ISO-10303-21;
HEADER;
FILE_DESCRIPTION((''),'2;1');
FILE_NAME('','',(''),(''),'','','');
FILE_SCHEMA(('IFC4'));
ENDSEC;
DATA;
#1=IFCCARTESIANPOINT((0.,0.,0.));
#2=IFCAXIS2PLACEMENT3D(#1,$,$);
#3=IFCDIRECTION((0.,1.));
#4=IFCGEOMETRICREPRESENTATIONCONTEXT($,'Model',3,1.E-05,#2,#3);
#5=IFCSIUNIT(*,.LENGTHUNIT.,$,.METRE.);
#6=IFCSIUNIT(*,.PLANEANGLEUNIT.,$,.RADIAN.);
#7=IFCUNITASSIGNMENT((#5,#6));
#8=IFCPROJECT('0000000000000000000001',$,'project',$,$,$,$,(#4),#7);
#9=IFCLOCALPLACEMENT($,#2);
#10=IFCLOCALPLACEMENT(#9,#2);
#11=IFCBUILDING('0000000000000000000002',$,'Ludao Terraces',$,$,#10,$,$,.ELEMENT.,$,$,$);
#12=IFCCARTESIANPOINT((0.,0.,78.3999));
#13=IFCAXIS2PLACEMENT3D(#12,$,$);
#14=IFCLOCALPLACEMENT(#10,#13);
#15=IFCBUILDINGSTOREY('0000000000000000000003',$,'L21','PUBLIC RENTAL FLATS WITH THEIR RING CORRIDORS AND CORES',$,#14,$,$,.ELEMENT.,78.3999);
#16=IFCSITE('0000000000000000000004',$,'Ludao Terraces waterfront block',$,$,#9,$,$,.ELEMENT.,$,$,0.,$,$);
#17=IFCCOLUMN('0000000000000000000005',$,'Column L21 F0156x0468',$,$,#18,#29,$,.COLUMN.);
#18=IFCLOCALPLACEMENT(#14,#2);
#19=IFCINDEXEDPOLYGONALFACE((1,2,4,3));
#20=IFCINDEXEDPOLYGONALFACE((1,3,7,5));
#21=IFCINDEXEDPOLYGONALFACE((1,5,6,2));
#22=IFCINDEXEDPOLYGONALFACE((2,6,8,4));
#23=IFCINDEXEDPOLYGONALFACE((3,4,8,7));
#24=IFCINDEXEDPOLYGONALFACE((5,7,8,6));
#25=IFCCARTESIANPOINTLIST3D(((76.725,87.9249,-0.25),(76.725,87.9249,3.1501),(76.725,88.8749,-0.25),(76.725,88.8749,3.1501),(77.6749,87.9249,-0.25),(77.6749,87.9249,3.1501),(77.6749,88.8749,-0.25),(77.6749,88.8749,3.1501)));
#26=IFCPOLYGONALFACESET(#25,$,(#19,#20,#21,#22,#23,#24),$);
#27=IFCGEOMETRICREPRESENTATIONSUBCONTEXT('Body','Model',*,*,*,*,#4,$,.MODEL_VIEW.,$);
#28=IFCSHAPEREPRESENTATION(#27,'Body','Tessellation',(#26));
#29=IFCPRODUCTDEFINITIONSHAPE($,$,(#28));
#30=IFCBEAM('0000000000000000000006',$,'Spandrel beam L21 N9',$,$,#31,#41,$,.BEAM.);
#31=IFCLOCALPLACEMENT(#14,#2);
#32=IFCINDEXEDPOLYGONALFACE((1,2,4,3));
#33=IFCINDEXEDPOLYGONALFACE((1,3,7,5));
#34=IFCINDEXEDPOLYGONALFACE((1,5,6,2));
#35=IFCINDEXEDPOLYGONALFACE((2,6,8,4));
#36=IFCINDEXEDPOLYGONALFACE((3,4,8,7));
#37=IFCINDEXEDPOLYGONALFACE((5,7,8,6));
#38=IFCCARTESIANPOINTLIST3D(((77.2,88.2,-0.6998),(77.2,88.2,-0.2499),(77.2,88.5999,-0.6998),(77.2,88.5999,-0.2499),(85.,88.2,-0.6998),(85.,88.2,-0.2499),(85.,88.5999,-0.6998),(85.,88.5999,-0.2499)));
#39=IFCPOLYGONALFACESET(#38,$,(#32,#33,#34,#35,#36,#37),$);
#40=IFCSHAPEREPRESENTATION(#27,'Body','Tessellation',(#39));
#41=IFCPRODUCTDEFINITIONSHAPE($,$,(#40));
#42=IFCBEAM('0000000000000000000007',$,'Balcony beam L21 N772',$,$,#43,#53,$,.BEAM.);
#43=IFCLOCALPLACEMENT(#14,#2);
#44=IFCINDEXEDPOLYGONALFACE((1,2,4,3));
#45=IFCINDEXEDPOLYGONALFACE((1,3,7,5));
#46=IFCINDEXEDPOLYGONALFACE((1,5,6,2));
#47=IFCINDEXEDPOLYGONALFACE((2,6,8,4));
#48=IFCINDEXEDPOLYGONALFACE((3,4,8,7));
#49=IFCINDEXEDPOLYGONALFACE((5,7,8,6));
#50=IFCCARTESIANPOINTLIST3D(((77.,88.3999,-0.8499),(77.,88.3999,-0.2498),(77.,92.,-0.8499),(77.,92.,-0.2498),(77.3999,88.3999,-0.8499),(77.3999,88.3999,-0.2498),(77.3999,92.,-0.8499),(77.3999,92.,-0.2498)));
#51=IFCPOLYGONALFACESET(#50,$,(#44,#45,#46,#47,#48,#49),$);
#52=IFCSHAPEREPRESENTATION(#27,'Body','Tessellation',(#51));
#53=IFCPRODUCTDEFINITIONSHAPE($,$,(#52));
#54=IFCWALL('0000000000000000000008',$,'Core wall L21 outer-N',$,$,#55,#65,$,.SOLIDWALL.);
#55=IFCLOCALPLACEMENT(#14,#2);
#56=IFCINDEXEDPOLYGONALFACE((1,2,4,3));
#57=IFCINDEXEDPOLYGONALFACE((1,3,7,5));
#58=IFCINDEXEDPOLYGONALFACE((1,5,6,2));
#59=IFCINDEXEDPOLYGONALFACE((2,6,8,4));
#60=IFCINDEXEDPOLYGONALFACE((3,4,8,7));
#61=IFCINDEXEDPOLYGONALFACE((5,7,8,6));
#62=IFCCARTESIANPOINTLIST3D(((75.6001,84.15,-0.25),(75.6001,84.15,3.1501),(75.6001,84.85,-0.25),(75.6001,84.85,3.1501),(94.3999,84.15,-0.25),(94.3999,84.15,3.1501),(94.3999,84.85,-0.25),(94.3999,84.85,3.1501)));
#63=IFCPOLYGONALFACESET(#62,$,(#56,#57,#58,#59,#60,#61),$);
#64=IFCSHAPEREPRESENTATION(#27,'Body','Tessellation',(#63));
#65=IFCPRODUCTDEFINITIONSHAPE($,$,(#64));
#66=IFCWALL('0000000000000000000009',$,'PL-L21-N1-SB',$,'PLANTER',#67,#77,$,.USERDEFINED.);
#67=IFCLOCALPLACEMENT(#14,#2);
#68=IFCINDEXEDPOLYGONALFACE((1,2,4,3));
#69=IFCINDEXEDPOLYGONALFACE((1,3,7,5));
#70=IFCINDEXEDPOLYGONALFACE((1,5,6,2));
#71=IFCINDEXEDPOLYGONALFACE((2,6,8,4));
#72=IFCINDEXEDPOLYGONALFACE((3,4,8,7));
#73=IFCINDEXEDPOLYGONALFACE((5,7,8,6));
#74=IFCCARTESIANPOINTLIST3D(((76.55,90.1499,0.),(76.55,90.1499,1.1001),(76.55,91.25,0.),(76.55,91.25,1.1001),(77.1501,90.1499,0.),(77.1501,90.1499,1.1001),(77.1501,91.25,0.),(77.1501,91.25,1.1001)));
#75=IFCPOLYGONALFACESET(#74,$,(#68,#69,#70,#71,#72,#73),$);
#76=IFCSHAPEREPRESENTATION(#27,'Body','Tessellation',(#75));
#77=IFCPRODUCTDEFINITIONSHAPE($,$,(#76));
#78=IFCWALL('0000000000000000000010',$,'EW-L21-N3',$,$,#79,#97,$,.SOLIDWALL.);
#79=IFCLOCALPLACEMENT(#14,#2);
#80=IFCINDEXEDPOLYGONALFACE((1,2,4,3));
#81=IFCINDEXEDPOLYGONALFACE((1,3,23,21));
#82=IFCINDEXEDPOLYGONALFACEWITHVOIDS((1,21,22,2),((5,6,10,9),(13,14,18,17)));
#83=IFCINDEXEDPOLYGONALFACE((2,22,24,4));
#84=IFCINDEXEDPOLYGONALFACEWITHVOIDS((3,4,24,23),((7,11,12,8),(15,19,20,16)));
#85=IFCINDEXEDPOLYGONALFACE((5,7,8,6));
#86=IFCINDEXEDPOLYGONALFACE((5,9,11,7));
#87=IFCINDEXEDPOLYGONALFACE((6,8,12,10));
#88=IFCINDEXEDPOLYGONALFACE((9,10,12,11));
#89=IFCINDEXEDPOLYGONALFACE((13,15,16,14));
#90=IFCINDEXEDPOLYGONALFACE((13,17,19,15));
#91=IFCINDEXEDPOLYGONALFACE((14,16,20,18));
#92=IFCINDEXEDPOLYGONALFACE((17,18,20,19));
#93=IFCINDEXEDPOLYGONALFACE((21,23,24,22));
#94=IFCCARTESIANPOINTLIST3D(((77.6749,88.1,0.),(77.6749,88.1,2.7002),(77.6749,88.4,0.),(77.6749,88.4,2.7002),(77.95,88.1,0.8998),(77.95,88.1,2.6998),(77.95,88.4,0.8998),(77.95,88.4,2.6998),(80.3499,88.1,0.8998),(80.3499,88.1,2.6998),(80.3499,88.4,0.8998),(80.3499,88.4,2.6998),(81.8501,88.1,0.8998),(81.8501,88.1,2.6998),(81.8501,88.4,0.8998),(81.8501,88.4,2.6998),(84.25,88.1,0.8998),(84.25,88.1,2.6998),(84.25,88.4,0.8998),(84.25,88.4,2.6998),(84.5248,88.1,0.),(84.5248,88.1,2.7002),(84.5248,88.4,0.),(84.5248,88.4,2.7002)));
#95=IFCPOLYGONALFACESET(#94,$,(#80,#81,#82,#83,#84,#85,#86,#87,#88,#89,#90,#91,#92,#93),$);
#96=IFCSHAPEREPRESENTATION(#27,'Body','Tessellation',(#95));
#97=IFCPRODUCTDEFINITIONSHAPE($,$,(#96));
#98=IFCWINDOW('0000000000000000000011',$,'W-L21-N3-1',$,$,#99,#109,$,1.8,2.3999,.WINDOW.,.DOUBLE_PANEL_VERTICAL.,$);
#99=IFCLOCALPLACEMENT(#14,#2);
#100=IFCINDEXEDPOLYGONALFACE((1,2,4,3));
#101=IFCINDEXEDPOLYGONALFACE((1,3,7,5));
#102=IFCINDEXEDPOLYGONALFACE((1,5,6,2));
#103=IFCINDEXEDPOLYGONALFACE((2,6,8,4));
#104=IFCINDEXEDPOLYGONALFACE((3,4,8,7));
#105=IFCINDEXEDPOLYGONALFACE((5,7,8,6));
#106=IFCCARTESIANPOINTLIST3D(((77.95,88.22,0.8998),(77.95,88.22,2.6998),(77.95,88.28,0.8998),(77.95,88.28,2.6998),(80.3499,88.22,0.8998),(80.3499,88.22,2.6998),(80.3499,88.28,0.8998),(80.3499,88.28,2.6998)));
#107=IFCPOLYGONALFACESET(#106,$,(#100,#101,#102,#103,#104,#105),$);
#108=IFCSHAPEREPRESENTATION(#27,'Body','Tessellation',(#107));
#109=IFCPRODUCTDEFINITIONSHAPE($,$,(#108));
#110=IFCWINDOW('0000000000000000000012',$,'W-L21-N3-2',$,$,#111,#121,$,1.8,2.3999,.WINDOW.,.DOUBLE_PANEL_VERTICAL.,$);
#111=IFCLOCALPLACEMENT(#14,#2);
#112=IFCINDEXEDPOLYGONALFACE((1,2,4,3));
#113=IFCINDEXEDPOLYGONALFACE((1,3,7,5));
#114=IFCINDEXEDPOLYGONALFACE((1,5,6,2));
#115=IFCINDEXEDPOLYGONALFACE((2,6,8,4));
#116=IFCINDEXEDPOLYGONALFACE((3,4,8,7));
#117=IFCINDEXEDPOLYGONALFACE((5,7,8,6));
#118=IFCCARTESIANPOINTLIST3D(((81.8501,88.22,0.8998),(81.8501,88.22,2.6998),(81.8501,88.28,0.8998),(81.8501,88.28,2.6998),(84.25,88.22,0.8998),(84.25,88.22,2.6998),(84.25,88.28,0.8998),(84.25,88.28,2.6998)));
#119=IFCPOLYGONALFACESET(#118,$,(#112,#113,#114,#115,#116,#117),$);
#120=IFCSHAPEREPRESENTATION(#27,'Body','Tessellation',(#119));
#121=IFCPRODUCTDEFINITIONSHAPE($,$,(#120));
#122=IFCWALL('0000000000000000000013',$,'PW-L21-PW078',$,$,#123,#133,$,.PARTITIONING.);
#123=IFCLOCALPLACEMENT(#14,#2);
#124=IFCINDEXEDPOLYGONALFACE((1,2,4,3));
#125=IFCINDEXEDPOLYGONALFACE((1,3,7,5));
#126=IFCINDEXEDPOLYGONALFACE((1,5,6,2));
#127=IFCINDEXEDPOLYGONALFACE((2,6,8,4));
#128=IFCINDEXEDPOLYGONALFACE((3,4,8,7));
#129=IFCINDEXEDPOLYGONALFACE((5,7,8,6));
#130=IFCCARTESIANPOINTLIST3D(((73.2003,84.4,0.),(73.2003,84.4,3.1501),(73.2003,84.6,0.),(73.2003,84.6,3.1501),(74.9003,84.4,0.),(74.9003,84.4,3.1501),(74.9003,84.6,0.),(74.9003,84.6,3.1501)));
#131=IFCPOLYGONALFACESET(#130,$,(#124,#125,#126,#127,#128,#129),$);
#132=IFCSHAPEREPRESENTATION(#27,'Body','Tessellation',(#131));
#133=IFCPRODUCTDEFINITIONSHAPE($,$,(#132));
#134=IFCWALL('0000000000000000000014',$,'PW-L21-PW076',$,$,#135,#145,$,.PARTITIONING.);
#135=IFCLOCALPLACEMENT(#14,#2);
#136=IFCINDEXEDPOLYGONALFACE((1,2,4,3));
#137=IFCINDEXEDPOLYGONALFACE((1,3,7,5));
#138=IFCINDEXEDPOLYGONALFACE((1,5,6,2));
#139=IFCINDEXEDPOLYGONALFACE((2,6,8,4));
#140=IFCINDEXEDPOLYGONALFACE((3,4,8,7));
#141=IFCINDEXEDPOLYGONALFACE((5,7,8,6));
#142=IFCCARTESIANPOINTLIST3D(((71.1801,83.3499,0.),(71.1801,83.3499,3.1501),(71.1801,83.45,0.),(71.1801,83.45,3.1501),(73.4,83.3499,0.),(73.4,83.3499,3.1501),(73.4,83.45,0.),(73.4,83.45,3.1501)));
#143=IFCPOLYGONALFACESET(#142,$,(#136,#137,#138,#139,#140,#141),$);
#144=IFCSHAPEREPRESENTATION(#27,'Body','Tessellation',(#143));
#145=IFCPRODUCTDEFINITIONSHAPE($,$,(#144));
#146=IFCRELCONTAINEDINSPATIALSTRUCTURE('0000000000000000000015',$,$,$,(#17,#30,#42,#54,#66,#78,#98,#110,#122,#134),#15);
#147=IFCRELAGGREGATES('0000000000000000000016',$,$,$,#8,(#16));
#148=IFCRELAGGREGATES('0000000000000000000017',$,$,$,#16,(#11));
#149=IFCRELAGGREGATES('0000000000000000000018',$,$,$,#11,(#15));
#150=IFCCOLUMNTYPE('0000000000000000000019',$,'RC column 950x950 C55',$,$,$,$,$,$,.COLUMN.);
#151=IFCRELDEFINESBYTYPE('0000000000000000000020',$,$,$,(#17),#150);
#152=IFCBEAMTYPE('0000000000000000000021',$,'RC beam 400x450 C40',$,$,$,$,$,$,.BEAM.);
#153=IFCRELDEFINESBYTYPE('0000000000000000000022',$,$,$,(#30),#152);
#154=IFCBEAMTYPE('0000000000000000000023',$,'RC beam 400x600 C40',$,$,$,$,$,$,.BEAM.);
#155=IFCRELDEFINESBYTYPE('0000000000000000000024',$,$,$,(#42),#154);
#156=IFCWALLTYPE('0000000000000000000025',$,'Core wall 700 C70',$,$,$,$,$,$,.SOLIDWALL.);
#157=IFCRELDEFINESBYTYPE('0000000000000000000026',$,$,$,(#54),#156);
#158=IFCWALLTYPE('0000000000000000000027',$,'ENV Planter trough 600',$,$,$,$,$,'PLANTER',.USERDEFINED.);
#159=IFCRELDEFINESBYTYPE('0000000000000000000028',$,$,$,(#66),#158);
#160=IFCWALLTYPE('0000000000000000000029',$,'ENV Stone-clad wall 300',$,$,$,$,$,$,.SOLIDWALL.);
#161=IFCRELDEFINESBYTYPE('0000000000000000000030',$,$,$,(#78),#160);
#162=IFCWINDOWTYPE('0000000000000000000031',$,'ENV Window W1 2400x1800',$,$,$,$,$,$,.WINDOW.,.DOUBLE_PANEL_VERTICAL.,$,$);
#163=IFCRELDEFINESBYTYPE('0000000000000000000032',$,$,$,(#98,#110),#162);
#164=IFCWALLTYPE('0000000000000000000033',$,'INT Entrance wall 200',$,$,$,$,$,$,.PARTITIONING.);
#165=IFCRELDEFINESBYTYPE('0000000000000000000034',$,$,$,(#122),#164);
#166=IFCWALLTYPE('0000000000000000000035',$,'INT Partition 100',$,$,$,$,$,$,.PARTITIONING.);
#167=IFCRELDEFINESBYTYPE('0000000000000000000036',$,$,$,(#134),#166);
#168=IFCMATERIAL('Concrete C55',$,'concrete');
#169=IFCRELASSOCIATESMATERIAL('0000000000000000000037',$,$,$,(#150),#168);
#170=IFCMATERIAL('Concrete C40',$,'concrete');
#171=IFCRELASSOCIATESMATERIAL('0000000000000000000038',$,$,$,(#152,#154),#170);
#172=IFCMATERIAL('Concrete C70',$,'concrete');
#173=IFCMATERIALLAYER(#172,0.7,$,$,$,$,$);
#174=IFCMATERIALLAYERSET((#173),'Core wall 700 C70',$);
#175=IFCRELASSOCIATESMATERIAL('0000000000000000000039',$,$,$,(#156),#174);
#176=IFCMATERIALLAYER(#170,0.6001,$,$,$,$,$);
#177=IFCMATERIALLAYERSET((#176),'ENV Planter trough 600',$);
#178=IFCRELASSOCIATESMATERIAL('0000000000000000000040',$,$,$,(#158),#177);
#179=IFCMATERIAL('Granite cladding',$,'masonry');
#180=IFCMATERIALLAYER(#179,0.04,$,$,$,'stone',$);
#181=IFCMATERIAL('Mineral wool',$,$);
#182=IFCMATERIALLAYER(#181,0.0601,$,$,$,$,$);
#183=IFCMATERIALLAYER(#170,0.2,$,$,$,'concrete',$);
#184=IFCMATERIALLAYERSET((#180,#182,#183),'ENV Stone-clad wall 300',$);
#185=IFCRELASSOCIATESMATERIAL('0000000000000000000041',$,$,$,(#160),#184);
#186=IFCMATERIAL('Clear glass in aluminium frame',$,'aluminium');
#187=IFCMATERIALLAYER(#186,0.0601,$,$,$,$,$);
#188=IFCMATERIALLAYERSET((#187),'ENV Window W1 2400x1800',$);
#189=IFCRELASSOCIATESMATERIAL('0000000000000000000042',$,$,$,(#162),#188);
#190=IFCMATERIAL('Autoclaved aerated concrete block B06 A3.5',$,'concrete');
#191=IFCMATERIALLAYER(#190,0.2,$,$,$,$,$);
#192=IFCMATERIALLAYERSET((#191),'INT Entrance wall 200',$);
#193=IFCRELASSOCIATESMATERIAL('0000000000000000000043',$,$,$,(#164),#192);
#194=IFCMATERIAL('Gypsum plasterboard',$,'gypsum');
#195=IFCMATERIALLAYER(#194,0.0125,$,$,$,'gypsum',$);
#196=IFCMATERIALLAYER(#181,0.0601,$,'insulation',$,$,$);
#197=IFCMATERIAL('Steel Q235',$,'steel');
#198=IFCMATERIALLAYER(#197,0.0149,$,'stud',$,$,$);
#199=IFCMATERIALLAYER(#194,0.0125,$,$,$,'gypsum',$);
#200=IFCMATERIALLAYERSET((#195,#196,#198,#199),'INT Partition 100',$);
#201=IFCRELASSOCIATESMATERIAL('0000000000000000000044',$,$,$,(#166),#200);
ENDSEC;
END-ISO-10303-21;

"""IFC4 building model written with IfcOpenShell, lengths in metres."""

from ifc_helpers import new_model, si_unit, direction, frame, frame_2d, origin, origin_2d, place, context, subcontext, project, spatial, rectangle, extrude, material, layer, layer_set, material_profile, profile_set, type_object, element, fill, save


model = new_model("IFC4")

# Units and contexts
model_context = context("Model", 3, precision=1e-05, world=origin(), true_north=direction((0.0, 1.0)))
body_context = subcontext(model_context, "Body", "Model", "MODEL_VIEW")
ifc_project = project(units=[si_unit("LENGTHUNIT", "METRE"), si_unit("PLANEANGLEUNIT", "RADIAN")], contexts=[model_context])

# Site, building, storey
site_placement = place(None, origin())
site = spatial("IfcSite", under=ifc_project, at=site_placement, Name="Ludao Terraces waterfront block", CompositionType="ELEMENT", RefElevation=0.0)
building_placement = place(site_placement, origin())
building = spatial("IfcBuilding", under=site, at=building_placement, Name="Ludao Terraces", CompositionType="ELEMENT")
storey_placement = place(building_placement, frame((0.0, 0.0, 78.3999)))
storey = spatial("IfcBuildingStorey", under=building, at=storey_placement, Name="L21", Description="PUBLIC RENTAL FLATS WITH THEIR RING CORRIDORS AND CORES", CompositionType="ELEMENT", Elevation=78.3999)

# Column
ifc_material_1 = material(Name="Concrete C55", Category="concrete")
ifc_material_profile_1 = material_profile(ifc_material_1, rectangle(XDim=0.95, YDim=0.95, at=origin_2d()), Name="950 X 950")
ifc_profile_set_1 = profile_set([ifc_material_profile_1], Name="Concrete C55")
column_type = type_object("IfcColumnType", Name="RC column 950x950 C55", PredefinedType="COLUMN", material=ifc_profile_set_1)
column_placement = place(storey_placement, frame((77.2, 88.3999, -0.25), z_axis=(0.0, 0.0, 1.0), x_axis=(1.0, 0.0, 0.0)))
element("IfcColumn", 1, at=column_placement, inside=storey, type_object=column_type, Name="Column L21 F0156x0468", PredefinedType="COLUMN", context=body_context, shape_type="SweptSolid", body=[
    extrude(rectangle(XDim=0.95, YDim=0.95, at=origin_2d()), origin(), (0.0, 0.0, 1.0), 3.4001),
])

# Beams
ifc_material_2 = material(Name="Concrete C40", Category="concrete")
ifc_material_profile_2 = material_profile(ifc_material_2, rectangle(XDim=0.3999, YDim=0.45, at=origin_2d()), Name="400 X 450")
ifc_profile_set_2 = profile_set([ifc_material_profile_2], Name="Concrete C40")
beam_type_1 = type_object("IfcBeamType", Name="RC beam 400x450 C40", PredefinedType="BEAM", material=ifc_profile_set_2)
beam_1_placement = place(storey_placement, frame((77.2, 88.3999, -0.4749), z_axis=(1.0, 0.0, 0.0), x_axis=(0.0, 1.0, 0.0)))
element("IfcBeam", 2, at=beam_1_placement, inside=storey, type_object=beam_type_1, Name="Spandrel beam L21 N9", PredefinedType="BEAM", context=body_context, shape_type="SweptSolid", body=[
    extrude(rectangle(XDim=0.3999, YDim=0.45, at=origin_2d()), origin(), (0.0, 0.0, 1.0), 7.8),
])
ifc_material_profile_3 = material_profile(ifc_material_2, rectangle(XDim=0.3999, YDim=0.6001, at=origin_2d()), Name="400 X 600")
ifc_profile_set_3 = profile_set([ifc_material_profile_3], Name="Concrete C40")
beam_type_2 = type_object("IfcBeamType", Name="RC beam 400x600 C40", PredefinedType="BEAM", material=ifc_profile_set_3)
beam_2_placement = place(storey_placement, frame((77.2, 88.3999, -0.5498), z_axis=(0.0, 1.0, 0.0), x_axis=(-1.0, 0.0, 0.0)))
element("IfcBeam", 3, at=beam_2_placement, inside=storey, type_object=beam_type_2, Name="Balcony beam L21 N772", PredefinedType="BEAM", context=body_context, shape_type="SweptSolid", body=[
    extrude(rectangle(XDim=0.3999, YDim=0.6001, at=origin_2d()), origin(), (0.0, 0.0, 1.0), 3.6001),
])

# Walls
ifc_material_3 = material(Name="Concrete C70", Category="concrete")
ifc_layer_1 = layer(ifc_material_3, 0.7)
ifc_layer_set_1 = layer_set([ifc_layer_1], Name="Core wall 700 C70")
wall_type_1 = type_object("IfcWallType", Name="Core wall 700 C70", PredefinedType="SOLIDWALL", material=ifc_layer_set_1)
wall_1_placement = place(storey_placement, frame((75.6001, 84.5, -0.25), z_axis=(0.0, 0.0, 1.0), x_axis=(1.0, 0.0, 0.0)))
element("IfcWall", 4, at=wall_1_placement, inside=storey, type_object=wall_type_1, Name="Core wall L21 outer-N", PredefinedType="SOLIDWALL", context=body_context, shape_type="SweptSolid", body=[
    extrude(rectangle(XDim=18.7998, YDim=0.7, at=frame_2d((9.3999, 0.0))), origin(), (0.0, 0.0, 1.0), 3.4001),
])
ifc_layer_2 = layer(ifc_material_2, 0.6001)
ifc_layer_set_2 = layer_set([ifc_layer_2], Name="ENV Planter trough 600")
wall_type_2 = type_object("IfcWallType", Name="ENV Planter trough 600", ElementType="PLANTER", PredefinedType="USERDEFINED", material=ifc_layer_set_2)
wall_2_placement = place(storey_placement, frame((76.8501, 91.25, 0.0), z_axis=(0.0, 0.0, 1.0), x_axis=(0.0, -1.0, 0.0)))
element("IfcWall", 5, at=wall_2_placement, inside=storey, type_object=wall_type_2, Name="PL-L21-N1-SB", ObjectType="PLANTER", PredefinedType="USERDEFINED", context=body_context, shape_type="SweptSolid", body=[
    extrude(rectangle(XDim=1.1001, YDim=0.6001, at=frame_2d((0.55, 0.0))), origin(), (0.0, 0.0, 1.0), 1.1001),
])

# Shared definitions
ifc_material_4 = material(Name="Granite cladding", Category="masonry")
ifc_layer_3 = layer(ifc_material_4, 0.04, Category="stone")
ifc_material_5 = material(Name="Mineral wool")
ifc_layer_4 = layer(ifc_material_5, 0.0601)
ifc_layer_5 = layer(ifc_material_2, 0.2, Category="concrete")
ifc_layer_set_3 = layer_set([ifc_layer_3, ifc_layer_4, ifc_layer_5], Name="ENV Stone-clad wall 300")
wall_type_3 = type_object("IfcWallType", Name="ENV Stone-clad wall 300", PredefinedType="SOLIDWALL", material=ifc_layer_set_3)
ifc_material_6 = material(Name="Clear glass in aluminium frame", Category="aluminium")
ifc_layer_6 = layer(ifc_material_6, 0.0601)
ifc_layer_set_4 = layer_set([ifc_layer_6], Name="ENV Window W1 2400x1800")
window_type = type_object("IfcWindowType", Name="ENV Window W1 2400x1800", PartitioningType="DOUBLE_PANEL_VERTICAL", PredefinedType="WINDOW", material=ifc_layer_set_4)

# Wall, openings, windows
wall_3_placement = place(storey_placement, frame((77.675, 88.25, 0.0), z_axis=(0.0, 0.0, 1.0), x_axis=(1.0, 0.0, 0.0)))
wall_3 = element("IfcWall", 6, at=wall_3_placement, inside=storey, type_object=wall_type_3, Name="EW-L21-N3", PredefinedType="SOLIDWALL", context=body_context, shape_type="SweptSolid", body=[
    extrude(rectangle(XDim=6.8499, YDim=0.3, at=frame_2d((3.4248, 0.0))), origin(), (0.0, 0.0, 1.0), 2.7002),
])
opening_1_placement = place(wall_3_placement, frame((0.2749, 0.0, 0.8999)))
opening_1 = element("IfcOpeningElement", 7, at=opening_1_placement, cuts=wall_3, PredefinedType="OPENING", context=body_context, shape_type="SweptSolid", body=[
    extrude(rectangle(XDim=2.3999, YDim=1.8, at=frame_2d((1.2, 0.8999))), frame((0.0, 0.1602, 0.0), z_axis=(0.0, -1.0, 0.0), x_axis=(1.0, 0.0, 0.0)), (0.0, 0.0, 1.0), 0.3201),
])
opening_2_placement = place(wall_3_placement, frame((4.175, 0.0, 0.8999)))
opening_2 = element("IfcOpeningElement", 8, at=opening_2_placement, cuts=wall_3, PredefinedType="OPENING", context=body_context, shape_type="SweptSolid", body=[
    extrude(rectangle(XDim=2.3999, YDim=1.8, at=frame_2d((1.2, 0.8999))), frame((0.0, 0.1602, 0.0), z_axis=(0.0, -1.0, 0.0), x_axis=(1.0, 0.0, 0.0)), (0.0, 0.0, 1.0), 0.3201),
])
window_1_placement = place(opening_1_placement, origin())
window_1 = element("IfcWindow", 9, at=window_1_placement, inside=storey, type_object=window_type, Name="W-L21-N3-1", OverallHeight=1.8, OverallWidth=2.3999, PartitioningType="DOUBLE_PANEL_VERTICAL", PredefinedType="WINDOW", context=body_context, shape_type="SweptSolid", body=[
    extrude(rectangle(XDim=2.3999, YDim=1.8, at=frame_2d((1.2, 0.8999))), frame((0.0, 0.03, 0.0), z_axis=(0.0, -1.0, 0.0), x_axis=(1.0, 0.0, 0.0)), (0.0, 0.0, 1.0), 0.0601),
])
fill(opening_1, window_1)
window_2_placement = place(opening_2_placement, origin())
window_2 = element("IfcWindow", 10, at=window_2_placement, inside=storey, type_object=window_type, Name="W-L21-N3-2", OverallHeight=1.8, OverallWidth=2.3999, PartitioningType="DOUBLE_PANEL_VERTICAL", PredefinedType="WINDOW", context=body_context, shape_type="SweptSolid", body=[
    extrude(rectangle(XDim=2.3999, YDim=1.8, at=frame_2d((1.2, 0.8999))), frame((0.0, 0.03, 0.0), z_axis=(0.0, -1.0, 0.0), x_axis=(1.0, 0.0, 0.0)), (0.0, 0.0, 1.0), 0.0601),
])
fill(opening_2, window_2)

# Walls
ifc_material_7 = material(Name="Autoclaved aerated concrete block B06 A3.5", Category="concrete")
ifc_layer_7 = layer(ifc_material_7, 0.2)
ifc_layer_set_5 = layer_set([ifc_layer_7], Name="INT Entrance wall 200")
wall_type_4 = type_object("IfcWallType", Name="INT Entrance wall 200", PredefinedType="PARTITIONING", material=ifc_layer_set_5)
wall_4_placement = place(storey_placement, frame((73.2002, 84.5, 0.0), z_axis=(0.0, 0.0, 1.0), x_axis=(1.0, 0.0, 0.0)))
element("IfcWall", 11, at=wall_4_placement, inside=storey, type_object=wall_type_4, Name="PW-L21-PW078", PredefinedType="PARTITIONING", context=body_context, shape_type="SweptSolid", body=[
    extrude(rectangle(XDim=1.7, YDim=0.2, at=frame_2d((0.8501, 0.0))), origin(), (0.0, 0.0, 1.0), 3.1501),
])
ifc_material_8 = material(Name="Gypsum plasterboard", Category="gypsum")
ifc_layer_8 = layer(ifc_material_8, 0.0125, Category="gypsum")
ifc_layer_9 = layer(ifc_material_5, 0.0601, Name="insulation")
ifc_material_9 = material(Name="Steel Q235", Category="steel")
ifc_layer_10 = layer(ifc_material_9, 0.0149, Name="stud")
ifc_layer_11 = layer(ifc_material_8, 0.0125, Category="gypsum")
ifc_layer_set_6 = layer_set([ifc_layer_8, ifc_layer_9, ifc_layer_10, ifc_layer_11], Name="INT Partition 100")
wall_type_5 = type_object("IfcWallType", Name="INT Partition 100", PredefinedType="PARTITIONING", material=ifc_layer_set_6)
wall_5_placement = place(storey_placement, frame((71.1802, 83.3999, 0.0), z_axis=(0.0, 0.0, 1.0), x_axis=(1.0, 0.0, 0.0)))
element("IfcWall", 12, at=wall_5_placement, inside=storey, type_object=wall_type_5, Name="PW-L21-PW076", PredefinedType="PARTITIONING", context=body_context, shape_type="SweptSolid", body=[
    extrude(rectangle(XDim=2.22, YDim=0.1001, at=frame_2d((1.1099, 0.0))), origin(), (0.0, 0.0, 1.0), 3.1501),
])

save(model, "model.ifc")
